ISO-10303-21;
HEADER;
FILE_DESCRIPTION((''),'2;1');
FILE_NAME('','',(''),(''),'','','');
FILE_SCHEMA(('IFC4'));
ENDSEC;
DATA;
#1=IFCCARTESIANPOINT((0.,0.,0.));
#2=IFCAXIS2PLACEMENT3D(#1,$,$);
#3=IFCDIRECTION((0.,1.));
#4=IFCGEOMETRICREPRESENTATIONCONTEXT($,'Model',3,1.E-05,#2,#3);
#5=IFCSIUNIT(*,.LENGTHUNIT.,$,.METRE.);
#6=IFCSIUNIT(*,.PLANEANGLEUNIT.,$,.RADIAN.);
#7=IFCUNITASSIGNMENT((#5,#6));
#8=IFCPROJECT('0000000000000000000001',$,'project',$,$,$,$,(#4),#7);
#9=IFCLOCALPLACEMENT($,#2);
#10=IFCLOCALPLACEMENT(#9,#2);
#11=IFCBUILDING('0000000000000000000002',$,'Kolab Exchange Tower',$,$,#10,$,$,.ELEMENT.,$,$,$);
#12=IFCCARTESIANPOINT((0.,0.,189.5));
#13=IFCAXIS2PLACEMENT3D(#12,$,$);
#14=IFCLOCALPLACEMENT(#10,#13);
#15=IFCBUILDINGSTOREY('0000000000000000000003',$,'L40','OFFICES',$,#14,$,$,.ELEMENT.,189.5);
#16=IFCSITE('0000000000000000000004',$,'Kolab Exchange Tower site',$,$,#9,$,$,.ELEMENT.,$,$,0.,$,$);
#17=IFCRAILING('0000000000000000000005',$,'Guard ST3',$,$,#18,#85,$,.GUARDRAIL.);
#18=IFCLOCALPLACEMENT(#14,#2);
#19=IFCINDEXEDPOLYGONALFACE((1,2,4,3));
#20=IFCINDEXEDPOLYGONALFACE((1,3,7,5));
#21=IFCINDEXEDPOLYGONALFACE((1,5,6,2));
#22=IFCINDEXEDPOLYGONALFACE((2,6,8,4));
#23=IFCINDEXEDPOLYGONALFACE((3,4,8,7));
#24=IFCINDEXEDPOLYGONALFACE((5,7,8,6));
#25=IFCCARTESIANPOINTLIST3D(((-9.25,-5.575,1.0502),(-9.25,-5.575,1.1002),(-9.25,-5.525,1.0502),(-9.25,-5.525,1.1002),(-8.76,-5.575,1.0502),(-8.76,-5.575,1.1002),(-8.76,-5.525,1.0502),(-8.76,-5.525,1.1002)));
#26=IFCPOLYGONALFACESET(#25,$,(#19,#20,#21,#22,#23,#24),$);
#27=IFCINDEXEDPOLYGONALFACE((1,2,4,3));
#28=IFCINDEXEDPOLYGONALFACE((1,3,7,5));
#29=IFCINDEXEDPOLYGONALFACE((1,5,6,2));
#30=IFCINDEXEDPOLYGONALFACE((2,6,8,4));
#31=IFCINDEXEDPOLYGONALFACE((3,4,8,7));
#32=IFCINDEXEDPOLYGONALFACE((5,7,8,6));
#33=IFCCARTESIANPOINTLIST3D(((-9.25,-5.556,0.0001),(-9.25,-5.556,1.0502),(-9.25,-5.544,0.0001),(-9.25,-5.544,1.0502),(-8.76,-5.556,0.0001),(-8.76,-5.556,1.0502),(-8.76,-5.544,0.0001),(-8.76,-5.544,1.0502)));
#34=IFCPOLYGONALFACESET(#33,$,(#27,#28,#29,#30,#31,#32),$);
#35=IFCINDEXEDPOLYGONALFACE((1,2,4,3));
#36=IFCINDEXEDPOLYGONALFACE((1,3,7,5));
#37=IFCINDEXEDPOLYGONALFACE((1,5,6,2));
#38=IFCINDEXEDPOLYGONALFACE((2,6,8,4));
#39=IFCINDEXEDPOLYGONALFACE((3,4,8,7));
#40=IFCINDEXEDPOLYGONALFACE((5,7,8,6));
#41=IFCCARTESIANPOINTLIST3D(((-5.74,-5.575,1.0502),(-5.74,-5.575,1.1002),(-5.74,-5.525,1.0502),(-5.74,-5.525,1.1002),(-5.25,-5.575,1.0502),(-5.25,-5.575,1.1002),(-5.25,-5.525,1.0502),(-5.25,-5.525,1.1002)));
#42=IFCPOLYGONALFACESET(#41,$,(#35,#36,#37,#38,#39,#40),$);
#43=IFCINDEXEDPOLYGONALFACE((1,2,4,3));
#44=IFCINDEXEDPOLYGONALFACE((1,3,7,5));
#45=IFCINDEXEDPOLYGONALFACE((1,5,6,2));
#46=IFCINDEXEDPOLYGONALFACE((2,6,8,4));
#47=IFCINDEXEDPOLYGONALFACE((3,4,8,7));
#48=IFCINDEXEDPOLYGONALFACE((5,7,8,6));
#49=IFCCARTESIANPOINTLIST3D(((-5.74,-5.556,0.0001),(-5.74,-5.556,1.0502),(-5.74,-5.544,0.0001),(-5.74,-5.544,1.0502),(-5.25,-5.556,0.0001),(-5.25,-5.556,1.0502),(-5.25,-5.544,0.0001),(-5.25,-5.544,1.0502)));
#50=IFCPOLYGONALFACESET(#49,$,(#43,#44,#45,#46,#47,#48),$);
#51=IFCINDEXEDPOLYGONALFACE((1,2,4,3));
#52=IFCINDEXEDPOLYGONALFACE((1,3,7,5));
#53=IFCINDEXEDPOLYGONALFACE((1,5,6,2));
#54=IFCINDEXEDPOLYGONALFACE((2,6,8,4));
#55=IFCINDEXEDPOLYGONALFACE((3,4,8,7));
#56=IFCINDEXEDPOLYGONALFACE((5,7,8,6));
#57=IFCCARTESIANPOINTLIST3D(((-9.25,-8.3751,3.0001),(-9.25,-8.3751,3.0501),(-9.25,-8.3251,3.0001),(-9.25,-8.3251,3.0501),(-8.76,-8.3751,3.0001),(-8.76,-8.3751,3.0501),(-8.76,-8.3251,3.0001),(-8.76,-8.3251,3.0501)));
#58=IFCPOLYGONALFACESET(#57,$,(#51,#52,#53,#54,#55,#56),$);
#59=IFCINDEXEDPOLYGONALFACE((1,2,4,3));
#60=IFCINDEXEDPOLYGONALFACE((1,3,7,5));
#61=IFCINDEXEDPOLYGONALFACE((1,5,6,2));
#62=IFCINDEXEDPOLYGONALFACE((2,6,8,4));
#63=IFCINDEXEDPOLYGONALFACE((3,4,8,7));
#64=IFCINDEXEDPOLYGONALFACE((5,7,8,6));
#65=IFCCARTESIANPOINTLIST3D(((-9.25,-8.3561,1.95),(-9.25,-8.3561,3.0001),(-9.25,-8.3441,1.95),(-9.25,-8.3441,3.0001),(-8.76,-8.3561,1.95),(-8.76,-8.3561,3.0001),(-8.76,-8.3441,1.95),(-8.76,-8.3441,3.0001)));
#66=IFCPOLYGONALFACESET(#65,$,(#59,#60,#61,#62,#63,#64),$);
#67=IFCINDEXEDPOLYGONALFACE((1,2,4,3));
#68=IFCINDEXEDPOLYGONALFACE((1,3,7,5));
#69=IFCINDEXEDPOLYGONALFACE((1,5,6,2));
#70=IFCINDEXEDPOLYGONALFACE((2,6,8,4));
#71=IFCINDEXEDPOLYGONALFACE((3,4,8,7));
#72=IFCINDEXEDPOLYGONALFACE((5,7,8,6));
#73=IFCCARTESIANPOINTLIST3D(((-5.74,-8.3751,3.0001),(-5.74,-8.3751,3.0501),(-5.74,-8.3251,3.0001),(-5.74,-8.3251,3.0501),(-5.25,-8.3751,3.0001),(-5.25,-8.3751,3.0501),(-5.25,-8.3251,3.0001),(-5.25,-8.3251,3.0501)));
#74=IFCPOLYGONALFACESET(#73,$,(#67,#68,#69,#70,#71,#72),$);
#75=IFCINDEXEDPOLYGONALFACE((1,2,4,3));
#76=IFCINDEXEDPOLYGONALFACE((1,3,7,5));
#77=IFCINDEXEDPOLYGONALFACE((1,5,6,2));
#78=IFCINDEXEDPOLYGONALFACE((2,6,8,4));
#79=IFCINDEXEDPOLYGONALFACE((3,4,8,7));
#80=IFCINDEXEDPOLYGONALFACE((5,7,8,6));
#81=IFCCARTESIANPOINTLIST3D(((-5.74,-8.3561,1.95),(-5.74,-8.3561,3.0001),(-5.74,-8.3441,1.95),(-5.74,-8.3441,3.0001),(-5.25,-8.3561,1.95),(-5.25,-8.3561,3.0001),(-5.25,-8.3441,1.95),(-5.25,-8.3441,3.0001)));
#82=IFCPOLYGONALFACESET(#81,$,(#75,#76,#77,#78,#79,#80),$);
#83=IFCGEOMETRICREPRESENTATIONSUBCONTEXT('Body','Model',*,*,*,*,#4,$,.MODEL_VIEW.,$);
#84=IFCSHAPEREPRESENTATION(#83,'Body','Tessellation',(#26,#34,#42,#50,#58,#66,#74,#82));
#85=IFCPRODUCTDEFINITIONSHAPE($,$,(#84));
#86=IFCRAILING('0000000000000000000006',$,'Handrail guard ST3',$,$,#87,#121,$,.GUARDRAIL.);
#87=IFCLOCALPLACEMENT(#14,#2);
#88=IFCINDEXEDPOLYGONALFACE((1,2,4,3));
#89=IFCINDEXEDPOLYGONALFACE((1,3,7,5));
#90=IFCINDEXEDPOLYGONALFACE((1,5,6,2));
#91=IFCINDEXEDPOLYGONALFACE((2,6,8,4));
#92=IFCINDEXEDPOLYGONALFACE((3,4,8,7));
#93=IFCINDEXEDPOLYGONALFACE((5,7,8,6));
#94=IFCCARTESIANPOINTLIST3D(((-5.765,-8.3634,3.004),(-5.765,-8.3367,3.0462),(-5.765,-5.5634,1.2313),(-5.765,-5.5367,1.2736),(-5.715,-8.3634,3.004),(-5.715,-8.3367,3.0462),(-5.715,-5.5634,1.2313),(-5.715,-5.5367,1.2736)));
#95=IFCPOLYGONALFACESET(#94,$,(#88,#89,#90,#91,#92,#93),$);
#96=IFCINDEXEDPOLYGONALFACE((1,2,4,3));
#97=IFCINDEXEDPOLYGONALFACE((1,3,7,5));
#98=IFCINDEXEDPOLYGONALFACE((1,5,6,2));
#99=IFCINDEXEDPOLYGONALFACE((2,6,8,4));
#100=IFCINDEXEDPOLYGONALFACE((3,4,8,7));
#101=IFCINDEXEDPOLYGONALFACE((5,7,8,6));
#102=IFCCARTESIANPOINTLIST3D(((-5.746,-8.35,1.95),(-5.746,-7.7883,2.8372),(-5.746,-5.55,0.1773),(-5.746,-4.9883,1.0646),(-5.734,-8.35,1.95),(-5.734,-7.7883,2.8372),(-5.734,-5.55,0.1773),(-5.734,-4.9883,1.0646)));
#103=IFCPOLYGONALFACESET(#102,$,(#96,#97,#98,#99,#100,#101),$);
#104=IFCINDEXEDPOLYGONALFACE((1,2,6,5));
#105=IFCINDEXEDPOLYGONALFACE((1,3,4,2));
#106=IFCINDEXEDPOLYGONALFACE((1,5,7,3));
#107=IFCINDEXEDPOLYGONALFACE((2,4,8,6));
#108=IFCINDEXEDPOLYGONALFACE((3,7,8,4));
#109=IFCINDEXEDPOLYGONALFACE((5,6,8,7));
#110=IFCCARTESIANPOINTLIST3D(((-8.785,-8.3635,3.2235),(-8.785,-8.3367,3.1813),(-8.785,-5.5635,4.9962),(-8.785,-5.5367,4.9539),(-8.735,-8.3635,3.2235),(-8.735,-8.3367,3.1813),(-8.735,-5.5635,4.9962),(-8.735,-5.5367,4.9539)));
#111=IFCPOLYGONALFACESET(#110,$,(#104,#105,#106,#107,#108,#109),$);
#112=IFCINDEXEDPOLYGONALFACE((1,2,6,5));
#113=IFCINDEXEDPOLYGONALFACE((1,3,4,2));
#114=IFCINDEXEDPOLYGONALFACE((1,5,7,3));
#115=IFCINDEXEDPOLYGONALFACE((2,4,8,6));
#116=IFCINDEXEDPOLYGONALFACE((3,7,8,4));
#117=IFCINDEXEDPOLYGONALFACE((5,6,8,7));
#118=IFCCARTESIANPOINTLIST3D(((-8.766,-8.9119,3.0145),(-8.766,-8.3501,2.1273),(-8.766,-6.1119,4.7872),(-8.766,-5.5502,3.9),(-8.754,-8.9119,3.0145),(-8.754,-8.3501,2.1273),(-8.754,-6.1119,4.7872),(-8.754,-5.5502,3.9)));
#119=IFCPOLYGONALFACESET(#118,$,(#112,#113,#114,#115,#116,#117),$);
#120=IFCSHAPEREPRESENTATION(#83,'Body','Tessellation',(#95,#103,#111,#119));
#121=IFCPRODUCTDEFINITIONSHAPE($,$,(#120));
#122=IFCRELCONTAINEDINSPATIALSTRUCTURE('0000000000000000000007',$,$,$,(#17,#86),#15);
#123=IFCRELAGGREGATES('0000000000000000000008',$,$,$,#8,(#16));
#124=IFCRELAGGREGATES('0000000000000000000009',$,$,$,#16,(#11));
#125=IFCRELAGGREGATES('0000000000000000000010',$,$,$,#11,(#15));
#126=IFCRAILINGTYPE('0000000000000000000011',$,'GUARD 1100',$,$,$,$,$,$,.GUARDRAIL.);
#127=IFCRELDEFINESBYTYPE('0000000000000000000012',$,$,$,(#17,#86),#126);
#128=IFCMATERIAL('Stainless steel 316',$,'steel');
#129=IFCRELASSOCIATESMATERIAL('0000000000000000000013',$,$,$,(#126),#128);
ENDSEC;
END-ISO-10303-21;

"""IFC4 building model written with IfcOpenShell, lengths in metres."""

from ifc_helpers import new_model, si_unit, direction, frame, frame_2d, origin, origin_2d, place, context, subcontext, project, spatial, rectangle, extrude, material, type_object, element, save


model = new_model("IFC4")

# Units and contexts
model_context = context("Model", 3, precision=1e-05, world=origin(), true_north=direction((0.0, 1.0)))
body_context = subcontext(model_context, "Body", "Model", "MODEL_VIEW")
ifc_project = project(units=[si_unit("LENGTHUNIT", "METRE"), si_unit("PLANEANGLEUNIT", "RADIAN")], contexts=[model_context])

# Site, building, storey
site_placement = place(None, origin())
site = spatial("IfcSite", under=ifc_project, at=site_placement, Name="Kolab Exchange Tower site", CompositionType="ELEMENT", RefElevation=0.0)
building_placement = place(site_placement, origin())
building = spatial("IfcBuilding", under=site, at=building_placement, Name="Kolab Exchange Tower", CompositionType="ELEMENT")
storey_placement = place(building_placement, frame((0.0, 0.0, 189.5)))
storey = spatial("IfcBuildingStorey", under=building, at=storey_placement, Name="L40", Description="OFFICES", CompositionType="ELEMENT", Elevation=189.5)

# Shared definitions
ifc_material_1 = material(Name="Stainless steel 316", Category="steel")

# Railings
railing_type = type_object("IfcRailingType", Name="GUARD 1100", PredefinedType="GUARDRAIL", material=ifc_material_1)
railing_1_placement = place(storey_placement, frame((-9.25, -5.55, 0.0)))
element("IfcRailing", 1, at=railing_1_placement, inside=storey, type_object=railing_type, Name="Guard ST3", PredefinedType="GUARDRAIL", context=body_context, shape_type="SweptSolid", body=[
    extrude(rectangle(XDim=0.05, YDim=0.05, at=origin_2d()), frame((0.0, 0.0, 1.0752), z_axis=(1.0, 0.0, 0.0), x_axis=(0.0, 1.0, 0.0)), (0.0, 0.0, 1.0), 0.49),
    extrude(rectangle(XDim=0.012, YDim=1.0501, at=frame_2d((0.0, 0.5251))), frame((0.0, 0.0, 0.0), z_axis=(1.0, 0.0, 0.0), x_axis=(0.0, 1.0, 0.0)), (0.0, 0.0, 1.0), 0.49),
    extrude(rectangle(XDim=0.05, YDim=0.05, at=origin_2d()), frame((3.51, 0.0, 1.0752), z_axis=(1.0, 0.0, 0.0), x_axis=(0.0, 1.0, 0.0)), (0.0, 0.0, 1.0), 0.49),
    extrude(rectangle(XDim=0.012, YDim=1.0501, at=frame_2d((0.0, 0.5251))), frame((3.51, 0.0, 0.0), z_axis=(1.0, 0.0, 0.0), x_axis=(0.0, 1.0, 0.0)), (0.0, 0.0, 1.0), 0.49),
    extrude(rectangle(XDim=0.05, YDim=0.05, at=origin_2d()), frame((0.0, -2.8, 3.0251), z_axis=(1.0, 0.0, 0.0), x_axis=(0.0, 1.0, 0.0)), (0.0, 0.0, 1.0), 0.49),
    extrude(rectangle(XDim=0.012, YDim=1.0501, at=frame_2d((0.0, 0.5251))), frame((0.0, -2.8, 1.95), z_axis=(1.0, 0.0, 0.0), x_axis=(0.0, 1.0, 0.0)), (0.0, 0.0, 1.0), 0.49),
    extrude(rectangle(XDim=0.05, YDim=0.05, at=origin_2d()), frame((3.51, -2.8, 3.0251), z_axis=(1.0, 0.0, 0.0), x_axis=(0.0, 1.0, 0.0)), (0.0, 0.0, 1.0), 0.49),
    extrude(rectangle(XDim=0.012, YDim=1.0501, at=frame_2d((0.0, 0.5251))), frame((3.51, -2.8, 1.95), z_axis=(1.0, 0.0, 0.0), x_axis=(0.0, 1.0, 0.0)), (0.0, 0.0, 1.0), 0.49),
])
railing_2_placement = place(storey_placement, frame((-5.74, -5.55, 0.1772)))
element("IfcRailing", 2, at=railing_2_placement, inside=storey, type_object=railing_type, Name="Handrail guard ST3", PredefinedType="GUARDRAIL", context=body_context, shape_type="SweptSolid", body=[
    extrude(rectangle(XDim=0.05, YDim=0.05, at=origin_2d()), frame((0.0, 0.0, 1.0752), z_axis=(0.0, -0.844909, 0.53491), x_axis=(1.0, 0.0, 0.0)), (0.0, 0.0, 1.0), 3.314),
    extrude(rectangle(XDim=0.012, YDim=1.0501, at=frame_2d((0.0, 0.5251))), frame((0.0, 0.0, 0.0), z_axis=(0.0, -0.844909, 0.53491), x_axis=(1.0, 0.0, 0.0)), (0.0, 0.0, 1.0), 3.314),
    extrude(rectangle(XDim=0.05, YDim=0.05, at=origin_2d()), frame((-3.02, -2.8, 3.0251), z_axis=(0.0, 0.844909, 0.53491), x_axis=(-1.0, 0.0, 0.0)), (0.0, 0.0, 1.0), 3.314),
    extrude(rectangle(XDim=0.012, YDim=1.0501, at=frame_2d((0.0, 0.5251))), frame((-3.02, -2.8, 1.95), z_axis=(0.0, 0.844909, 0.53491), x_axis=(-1.0, 0.0, 0.0)), (0.0, 0.0, 1.0), 3.314),
])

save(model, "model.ifc")
